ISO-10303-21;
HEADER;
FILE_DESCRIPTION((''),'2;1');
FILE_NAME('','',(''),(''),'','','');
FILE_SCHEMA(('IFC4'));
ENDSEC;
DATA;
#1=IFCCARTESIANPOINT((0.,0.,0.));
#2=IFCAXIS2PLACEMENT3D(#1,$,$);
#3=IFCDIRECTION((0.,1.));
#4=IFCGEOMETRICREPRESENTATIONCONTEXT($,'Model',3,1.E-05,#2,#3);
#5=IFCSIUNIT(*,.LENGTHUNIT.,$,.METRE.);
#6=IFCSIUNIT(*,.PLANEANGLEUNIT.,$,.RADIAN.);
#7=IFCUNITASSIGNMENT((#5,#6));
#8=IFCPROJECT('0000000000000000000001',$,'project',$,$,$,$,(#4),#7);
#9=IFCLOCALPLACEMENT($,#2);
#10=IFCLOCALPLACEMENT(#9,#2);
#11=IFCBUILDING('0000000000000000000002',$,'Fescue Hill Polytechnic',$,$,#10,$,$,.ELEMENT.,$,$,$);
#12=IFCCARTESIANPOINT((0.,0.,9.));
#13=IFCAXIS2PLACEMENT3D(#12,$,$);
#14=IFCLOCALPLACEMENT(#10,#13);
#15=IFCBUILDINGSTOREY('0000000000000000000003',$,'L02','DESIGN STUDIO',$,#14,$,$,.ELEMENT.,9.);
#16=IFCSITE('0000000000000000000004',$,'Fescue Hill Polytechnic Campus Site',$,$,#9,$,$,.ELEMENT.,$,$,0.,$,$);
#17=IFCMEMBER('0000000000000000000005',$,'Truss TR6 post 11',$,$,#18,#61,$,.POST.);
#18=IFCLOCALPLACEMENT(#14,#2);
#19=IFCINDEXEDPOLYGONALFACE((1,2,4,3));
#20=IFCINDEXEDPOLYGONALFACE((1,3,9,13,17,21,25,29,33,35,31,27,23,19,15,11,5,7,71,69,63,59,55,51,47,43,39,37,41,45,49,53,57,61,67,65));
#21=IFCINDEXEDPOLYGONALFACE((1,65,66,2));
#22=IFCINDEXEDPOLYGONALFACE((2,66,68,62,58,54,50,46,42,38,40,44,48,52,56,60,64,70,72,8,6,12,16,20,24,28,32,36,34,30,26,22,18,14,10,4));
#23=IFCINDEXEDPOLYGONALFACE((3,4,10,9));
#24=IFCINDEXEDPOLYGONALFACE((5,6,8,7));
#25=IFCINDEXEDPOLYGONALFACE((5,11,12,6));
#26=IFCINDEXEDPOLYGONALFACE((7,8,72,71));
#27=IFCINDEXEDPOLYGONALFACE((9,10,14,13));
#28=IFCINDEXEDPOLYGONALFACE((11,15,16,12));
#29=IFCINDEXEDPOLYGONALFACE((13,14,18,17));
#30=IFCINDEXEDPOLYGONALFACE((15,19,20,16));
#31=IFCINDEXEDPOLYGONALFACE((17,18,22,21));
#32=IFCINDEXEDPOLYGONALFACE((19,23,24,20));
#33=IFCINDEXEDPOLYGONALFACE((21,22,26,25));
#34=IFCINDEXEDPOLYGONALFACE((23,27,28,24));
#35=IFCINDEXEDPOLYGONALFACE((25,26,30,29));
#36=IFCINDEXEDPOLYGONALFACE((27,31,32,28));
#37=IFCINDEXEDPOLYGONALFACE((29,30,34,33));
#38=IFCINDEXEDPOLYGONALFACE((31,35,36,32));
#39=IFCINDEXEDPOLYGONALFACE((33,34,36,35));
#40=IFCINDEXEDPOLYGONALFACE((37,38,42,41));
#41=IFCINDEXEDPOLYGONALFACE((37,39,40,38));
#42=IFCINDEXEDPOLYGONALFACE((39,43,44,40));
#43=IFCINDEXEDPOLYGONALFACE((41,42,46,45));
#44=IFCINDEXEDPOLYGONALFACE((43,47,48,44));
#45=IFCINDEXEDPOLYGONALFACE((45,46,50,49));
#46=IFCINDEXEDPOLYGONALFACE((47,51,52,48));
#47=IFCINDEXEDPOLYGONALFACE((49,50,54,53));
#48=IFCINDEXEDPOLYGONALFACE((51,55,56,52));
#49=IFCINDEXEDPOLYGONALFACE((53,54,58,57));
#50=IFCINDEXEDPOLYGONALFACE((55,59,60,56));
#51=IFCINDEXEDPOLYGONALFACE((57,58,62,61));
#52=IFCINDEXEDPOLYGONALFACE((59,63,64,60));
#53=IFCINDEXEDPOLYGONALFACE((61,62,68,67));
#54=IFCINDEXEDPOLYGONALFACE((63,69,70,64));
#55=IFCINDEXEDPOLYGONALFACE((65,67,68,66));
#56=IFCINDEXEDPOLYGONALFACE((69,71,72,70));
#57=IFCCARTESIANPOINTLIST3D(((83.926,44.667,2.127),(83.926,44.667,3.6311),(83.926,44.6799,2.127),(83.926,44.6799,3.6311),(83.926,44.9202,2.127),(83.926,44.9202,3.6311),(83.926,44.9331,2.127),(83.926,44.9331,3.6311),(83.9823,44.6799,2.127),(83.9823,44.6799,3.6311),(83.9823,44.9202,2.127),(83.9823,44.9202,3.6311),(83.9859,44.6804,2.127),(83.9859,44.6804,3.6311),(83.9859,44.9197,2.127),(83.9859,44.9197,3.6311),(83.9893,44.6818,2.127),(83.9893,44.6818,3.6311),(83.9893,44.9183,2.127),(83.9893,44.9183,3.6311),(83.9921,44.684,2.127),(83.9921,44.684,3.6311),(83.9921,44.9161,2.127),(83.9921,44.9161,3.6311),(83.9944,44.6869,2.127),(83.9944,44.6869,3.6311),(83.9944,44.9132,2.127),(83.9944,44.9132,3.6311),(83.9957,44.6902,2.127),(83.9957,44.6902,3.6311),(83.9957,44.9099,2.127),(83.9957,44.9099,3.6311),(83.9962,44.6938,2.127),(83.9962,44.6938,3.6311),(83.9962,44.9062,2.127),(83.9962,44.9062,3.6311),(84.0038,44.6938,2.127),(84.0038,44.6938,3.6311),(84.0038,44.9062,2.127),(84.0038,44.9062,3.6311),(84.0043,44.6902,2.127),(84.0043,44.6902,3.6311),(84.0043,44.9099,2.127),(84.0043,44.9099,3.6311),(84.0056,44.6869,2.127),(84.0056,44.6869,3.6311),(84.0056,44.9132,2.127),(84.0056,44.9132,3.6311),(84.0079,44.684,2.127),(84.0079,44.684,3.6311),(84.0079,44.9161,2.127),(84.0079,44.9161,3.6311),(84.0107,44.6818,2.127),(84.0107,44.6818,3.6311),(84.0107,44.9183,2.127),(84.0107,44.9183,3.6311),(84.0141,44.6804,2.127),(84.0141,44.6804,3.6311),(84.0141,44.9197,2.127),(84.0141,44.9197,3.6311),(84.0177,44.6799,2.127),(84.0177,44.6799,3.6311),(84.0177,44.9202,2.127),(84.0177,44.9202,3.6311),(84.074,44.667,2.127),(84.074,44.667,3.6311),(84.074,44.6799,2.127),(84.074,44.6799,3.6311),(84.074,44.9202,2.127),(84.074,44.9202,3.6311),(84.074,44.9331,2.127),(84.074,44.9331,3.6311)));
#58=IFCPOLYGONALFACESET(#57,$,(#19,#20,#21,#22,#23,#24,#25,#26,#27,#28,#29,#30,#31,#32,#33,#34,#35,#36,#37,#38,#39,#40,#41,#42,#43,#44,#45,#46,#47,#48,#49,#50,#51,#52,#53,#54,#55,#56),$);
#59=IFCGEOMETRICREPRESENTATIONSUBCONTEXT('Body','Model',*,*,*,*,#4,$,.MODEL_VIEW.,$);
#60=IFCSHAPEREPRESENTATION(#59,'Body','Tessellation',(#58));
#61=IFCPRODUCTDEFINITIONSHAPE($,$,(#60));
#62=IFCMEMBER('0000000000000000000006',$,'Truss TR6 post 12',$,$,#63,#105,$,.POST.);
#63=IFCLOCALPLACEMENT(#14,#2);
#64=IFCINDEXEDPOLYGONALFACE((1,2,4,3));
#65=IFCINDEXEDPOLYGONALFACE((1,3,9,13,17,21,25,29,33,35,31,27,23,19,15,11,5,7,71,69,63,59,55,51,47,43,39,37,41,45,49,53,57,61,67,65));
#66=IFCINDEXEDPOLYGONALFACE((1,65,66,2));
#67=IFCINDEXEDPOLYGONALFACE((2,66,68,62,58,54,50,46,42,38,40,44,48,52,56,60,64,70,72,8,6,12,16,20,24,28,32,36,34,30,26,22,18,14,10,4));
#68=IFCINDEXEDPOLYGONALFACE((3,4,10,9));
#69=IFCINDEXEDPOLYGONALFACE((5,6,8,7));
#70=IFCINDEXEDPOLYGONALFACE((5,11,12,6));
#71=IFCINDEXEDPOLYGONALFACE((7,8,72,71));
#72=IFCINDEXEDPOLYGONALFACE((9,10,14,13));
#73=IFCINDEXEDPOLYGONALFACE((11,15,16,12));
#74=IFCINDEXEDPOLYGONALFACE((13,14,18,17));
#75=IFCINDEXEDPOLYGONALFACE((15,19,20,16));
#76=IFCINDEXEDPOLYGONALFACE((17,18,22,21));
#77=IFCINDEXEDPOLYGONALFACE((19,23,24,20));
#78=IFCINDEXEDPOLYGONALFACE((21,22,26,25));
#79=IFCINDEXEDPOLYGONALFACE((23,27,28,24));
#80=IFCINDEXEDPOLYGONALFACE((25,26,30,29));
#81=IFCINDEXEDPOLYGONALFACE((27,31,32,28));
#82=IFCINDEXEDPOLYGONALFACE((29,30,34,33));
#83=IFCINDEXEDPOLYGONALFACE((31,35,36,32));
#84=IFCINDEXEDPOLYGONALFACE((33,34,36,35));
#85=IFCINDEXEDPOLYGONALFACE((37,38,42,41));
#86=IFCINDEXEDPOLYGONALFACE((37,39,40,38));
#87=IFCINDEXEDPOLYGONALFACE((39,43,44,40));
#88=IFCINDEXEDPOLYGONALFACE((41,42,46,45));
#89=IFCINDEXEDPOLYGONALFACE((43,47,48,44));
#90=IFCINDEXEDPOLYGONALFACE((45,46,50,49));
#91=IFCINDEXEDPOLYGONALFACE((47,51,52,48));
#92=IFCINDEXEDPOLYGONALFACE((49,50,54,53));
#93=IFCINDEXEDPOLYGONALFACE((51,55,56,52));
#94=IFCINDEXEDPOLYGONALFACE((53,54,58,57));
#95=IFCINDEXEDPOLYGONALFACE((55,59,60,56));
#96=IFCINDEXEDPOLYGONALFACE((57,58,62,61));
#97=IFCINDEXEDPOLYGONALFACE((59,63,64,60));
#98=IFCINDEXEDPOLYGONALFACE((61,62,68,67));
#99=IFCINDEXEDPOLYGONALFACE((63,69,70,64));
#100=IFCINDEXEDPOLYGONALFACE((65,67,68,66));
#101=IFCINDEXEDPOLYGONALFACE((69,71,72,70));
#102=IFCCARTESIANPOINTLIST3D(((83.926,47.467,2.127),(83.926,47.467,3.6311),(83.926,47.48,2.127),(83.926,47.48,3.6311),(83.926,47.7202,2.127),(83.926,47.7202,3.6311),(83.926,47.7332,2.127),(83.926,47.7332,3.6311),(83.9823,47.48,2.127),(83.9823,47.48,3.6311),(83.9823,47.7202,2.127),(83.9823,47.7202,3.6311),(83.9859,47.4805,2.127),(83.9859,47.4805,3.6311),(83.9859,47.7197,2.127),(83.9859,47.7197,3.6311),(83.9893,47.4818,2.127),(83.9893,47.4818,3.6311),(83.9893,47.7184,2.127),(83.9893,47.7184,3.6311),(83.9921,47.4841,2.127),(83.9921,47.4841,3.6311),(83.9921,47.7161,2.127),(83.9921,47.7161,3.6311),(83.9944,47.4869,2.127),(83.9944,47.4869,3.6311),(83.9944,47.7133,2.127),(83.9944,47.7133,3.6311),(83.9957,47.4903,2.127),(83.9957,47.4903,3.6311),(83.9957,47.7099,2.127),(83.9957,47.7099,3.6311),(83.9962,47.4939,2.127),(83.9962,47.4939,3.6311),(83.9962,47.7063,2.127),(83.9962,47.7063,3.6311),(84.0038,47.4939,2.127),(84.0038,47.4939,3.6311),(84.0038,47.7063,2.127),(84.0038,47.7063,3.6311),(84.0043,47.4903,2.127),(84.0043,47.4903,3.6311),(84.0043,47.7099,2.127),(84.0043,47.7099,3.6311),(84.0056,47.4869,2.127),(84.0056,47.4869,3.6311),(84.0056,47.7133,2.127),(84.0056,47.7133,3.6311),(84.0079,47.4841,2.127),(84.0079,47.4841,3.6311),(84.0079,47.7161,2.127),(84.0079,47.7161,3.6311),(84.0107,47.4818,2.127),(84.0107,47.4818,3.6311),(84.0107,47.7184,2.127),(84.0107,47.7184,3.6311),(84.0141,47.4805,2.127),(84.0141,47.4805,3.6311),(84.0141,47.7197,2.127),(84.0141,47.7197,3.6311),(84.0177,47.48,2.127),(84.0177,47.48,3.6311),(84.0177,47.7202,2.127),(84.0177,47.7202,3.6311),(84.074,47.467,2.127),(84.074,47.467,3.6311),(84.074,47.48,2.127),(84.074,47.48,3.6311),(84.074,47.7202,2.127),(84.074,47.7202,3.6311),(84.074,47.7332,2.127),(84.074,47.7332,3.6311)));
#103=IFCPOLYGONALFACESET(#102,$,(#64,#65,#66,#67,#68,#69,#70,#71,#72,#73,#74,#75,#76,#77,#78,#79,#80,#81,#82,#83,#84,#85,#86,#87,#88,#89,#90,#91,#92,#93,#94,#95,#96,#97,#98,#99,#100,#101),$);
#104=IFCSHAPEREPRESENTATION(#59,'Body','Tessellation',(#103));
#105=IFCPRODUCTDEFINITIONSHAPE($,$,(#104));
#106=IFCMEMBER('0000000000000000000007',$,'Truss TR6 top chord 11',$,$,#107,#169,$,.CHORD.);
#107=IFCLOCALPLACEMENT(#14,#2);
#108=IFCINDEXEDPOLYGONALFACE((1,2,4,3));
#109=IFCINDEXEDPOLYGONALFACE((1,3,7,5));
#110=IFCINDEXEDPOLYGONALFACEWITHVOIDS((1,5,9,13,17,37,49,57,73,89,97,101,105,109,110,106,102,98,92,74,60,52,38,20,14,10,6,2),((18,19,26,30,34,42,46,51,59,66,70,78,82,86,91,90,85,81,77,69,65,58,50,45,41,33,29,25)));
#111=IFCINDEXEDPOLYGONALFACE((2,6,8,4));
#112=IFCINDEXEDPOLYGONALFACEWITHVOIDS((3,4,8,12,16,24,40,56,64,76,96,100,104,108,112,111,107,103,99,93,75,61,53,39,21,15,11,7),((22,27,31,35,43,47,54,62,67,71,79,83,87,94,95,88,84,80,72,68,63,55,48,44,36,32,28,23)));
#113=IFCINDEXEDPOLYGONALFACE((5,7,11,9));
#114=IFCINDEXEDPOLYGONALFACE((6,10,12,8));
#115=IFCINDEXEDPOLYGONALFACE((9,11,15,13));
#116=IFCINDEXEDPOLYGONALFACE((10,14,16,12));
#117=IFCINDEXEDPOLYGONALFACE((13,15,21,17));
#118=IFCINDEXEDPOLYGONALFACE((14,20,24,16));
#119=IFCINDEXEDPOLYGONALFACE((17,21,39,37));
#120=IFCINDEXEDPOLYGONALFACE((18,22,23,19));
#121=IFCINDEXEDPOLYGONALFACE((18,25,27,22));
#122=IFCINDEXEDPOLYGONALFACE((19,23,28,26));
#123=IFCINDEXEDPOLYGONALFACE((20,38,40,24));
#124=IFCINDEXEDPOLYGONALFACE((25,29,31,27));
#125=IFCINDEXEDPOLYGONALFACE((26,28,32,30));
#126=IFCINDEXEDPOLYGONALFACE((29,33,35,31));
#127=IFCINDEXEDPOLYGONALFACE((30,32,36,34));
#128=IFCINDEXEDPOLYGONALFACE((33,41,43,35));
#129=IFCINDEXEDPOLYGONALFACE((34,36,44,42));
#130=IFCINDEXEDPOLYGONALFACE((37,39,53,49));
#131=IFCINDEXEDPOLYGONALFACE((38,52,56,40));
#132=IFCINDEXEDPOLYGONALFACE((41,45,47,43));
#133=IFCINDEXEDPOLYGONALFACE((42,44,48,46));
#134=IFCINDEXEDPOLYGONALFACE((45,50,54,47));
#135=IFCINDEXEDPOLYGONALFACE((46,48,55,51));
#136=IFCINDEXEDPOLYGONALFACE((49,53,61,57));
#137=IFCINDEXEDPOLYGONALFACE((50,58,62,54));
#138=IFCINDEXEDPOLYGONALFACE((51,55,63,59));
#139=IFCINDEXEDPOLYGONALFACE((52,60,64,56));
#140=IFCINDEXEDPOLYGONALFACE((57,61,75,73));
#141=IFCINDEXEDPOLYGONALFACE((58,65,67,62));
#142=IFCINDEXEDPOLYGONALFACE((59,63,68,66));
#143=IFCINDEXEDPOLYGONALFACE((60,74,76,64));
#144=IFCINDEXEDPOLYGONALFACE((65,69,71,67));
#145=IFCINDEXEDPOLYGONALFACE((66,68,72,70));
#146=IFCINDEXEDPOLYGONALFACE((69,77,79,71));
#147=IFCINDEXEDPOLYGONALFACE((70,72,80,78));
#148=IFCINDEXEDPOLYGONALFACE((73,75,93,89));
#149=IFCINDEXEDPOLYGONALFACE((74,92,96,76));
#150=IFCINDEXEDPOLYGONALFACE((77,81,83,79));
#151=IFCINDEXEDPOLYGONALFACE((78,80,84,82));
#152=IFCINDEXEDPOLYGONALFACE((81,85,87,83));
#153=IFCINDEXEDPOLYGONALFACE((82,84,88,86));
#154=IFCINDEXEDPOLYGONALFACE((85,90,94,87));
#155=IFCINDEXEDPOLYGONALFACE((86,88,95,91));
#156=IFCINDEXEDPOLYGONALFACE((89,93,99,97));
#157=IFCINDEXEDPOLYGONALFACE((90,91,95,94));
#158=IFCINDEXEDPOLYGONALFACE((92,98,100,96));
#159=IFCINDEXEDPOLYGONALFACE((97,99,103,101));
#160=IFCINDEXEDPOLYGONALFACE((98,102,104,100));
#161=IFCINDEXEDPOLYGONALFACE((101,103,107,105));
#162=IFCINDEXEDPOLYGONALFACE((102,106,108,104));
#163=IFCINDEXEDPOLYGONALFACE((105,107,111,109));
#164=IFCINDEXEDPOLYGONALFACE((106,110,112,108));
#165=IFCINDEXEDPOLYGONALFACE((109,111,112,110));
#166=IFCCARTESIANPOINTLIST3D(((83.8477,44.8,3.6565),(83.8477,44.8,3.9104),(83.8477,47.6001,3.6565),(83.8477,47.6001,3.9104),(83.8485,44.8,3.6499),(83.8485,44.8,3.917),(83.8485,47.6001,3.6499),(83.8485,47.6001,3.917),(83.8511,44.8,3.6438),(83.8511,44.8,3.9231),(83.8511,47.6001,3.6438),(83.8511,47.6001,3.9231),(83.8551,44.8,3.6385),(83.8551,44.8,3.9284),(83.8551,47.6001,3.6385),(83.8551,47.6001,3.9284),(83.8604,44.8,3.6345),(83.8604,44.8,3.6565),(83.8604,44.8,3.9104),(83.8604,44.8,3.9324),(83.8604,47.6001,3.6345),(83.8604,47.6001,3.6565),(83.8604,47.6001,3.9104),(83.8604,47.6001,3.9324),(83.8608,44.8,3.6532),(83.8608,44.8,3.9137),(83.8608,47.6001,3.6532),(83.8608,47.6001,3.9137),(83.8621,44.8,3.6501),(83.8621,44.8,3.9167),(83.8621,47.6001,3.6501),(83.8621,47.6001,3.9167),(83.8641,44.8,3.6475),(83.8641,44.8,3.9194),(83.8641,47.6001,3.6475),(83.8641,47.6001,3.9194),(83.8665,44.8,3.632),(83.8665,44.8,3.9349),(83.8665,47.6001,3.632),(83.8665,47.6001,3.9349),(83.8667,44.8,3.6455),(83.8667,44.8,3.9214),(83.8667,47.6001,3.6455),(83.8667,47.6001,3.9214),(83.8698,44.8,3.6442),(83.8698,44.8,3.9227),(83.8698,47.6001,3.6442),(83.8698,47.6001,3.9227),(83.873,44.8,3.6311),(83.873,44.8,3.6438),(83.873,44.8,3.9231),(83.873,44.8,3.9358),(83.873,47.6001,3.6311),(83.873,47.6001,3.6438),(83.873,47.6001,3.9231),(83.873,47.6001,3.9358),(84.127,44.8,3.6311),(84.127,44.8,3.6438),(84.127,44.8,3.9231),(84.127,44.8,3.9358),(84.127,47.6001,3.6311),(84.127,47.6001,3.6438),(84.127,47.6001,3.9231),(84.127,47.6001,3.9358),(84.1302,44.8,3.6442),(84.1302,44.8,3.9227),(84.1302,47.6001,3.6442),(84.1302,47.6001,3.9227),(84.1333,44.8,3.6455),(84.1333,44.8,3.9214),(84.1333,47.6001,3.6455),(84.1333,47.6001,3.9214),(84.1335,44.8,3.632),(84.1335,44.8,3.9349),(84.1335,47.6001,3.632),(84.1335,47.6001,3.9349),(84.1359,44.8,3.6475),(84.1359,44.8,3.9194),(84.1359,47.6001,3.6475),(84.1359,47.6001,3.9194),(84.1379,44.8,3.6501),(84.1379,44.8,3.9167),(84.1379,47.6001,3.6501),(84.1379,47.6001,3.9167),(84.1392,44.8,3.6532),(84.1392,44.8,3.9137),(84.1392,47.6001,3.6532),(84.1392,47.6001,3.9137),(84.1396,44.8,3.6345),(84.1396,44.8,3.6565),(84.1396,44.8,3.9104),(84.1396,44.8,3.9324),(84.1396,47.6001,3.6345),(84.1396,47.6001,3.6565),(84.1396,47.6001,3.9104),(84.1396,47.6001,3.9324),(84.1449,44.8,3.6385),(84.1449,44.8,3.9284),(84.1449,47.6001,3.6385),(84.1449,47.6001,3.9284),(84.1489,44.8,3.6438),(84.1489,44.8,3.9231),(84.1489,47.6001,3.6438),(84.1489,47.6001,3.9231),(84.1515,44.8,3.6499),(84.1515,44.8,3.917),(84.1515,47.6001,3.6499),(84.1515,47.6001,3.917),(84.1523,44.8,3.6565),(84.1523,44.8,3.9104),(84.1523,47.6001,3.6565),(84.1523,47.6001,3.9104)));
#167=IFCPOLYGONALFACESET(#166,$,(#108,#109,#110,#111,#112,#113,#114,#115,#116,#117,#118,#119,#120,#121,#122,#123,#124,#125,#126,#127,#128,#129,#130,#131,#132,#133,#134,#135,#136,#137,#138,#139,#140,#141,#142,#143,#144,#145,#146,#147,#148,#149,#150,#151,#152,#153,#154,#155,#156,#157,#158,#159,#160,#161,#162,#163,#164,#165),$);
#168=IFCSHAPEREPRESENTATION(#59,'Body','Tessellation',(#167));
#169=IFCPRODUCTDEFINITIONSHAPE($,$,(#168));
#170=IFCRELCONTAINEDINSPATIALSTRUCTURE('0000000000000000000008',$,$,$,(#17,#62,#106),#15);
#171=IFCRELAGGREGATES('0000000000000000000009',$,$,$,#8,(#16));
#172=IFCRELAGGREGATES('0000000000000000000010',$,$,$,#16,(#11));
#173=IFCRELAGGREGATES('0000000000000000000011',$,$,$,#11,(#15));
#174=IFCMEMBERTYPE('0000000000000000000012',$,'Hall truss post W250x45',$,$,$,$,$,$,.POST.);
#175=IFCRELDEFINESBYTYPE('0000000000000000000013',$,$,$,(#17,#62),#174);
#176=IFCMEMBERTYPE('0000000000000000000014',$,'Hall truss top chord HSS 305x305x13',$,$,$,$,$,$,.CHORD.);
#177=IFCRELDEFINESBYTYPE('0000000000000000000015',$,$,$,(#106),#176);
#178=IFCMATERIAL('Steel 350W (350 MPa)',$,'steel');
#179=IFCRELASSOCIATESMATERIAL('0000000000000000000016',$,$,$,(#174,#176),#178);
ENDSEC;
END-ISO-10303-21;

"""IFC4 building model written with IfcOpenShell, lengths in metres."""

from ifc_helpers import new_model, si_unit, direction, frame, origin, origin_2d, place, context, subcontext, project, spatial, hollow_rectangle, i_section, extrude, material, material_profile, profile_set, type_object, element, save


model = new_model("IFC4")

# Units and contexts
model_context = context("Model", 3, precision=1e-05, world=origin(), true_north=direction((0.0, 1.0)))
body_context = subcontext(model_context, "Body", "Model", "MODEL_VIEW")
ifc_project = project(units=[si_unit("LENGTHUNIT", "METRE"), si_unit("PLANEANGLEUNIT", "RADIAN")], contexts=[model_context])

# Site, building, storey
site_placement = place(None, origin())
site = spatial("IfcSite", under=ifc_project, at=site_placement, Name="Fescue Hill Polytechnic Campus Site", CompositionType="ELEMENT", RefElevation=0.0)
building_placement = place(site_placement, origin())
building = spatial("IfcBuilding", under=site, at=building_placement, Name="Fescue Hill Polytechnic", CompositionType="ELEMENT")
storey_placement = place(building_placement, frame((0.0, 0.0, 9.0)))
storey = spatial("IfcBuildingStorey", under=building, at=storey_placement, Name="L02", Description="DESIGN STUDIO", CompositionType="ELEMENT", Elevation=9.0)

# Members
ifc_material_1 = material(Name="Steel 350W (350 MPa)", Category="steel")
ifc_material_profile_1 = material_profile(ifc_material_1, i_section(OverallWidth=0.1479, OverallDepth=0.2661, WebThickness=0.0076, FlangeThickness=0.0129, FilletRadius=0.0139, at=origin_2d()), Name="W250x45")
ifc_profile_set_1 = profile_set([ifc_material_profile_1], Name="Steel 350W (350 MPa)")
member_type_1 = type_object("IfcMemberType", Name="Hall truss post W250x45", PredefinedType="POST", material=ifc_profile_set_1)
for number, where, z_axis, x_axis, name in (
    (1, (84.0, 44.8, 2.127), (0.0, 0.0, 1.0), (1.0, 0.0, 0.0), "Truss TR6 post 11"),
    (2, (84.0, 47.6001, 2.127), (0.0, 0.0, 1.0), (1.0, 0.0, 0.0), "Truss TR6 post 12"),
):
    element("IfcMember", number, at=place(storey_placement, frame(where, z_axis=z_axis, x_axis=x_axis)), inside=storey, type_object=member_type_1, Name=name, PredefinedType="POST", context=body_context, shape_type="SweptSolid", body=[
        extrude(i_section(OverallWidth=0.1479, OverallDepth=0.2661, WebThickness=0.0076, FlangeThickness=0.0129, FilletRadius=0.0139, at=origin_2d()), origin(), (0.0, 0.0, 1.0), 1.5042),
    ])
ifc_material_profile_2 = material_profile(ifc_material_1, hollow_rectangle(XDim=0.3047, YDim=0.3047, WallThickness=0.0127, InnerFilletRadius=0.0127, OuterFilletRadius=0.0254, at=origin_2d()), Name="Hall truss top chord HSS 305x305x13")
ifc_profile_set_2 = profile_set([ifc_material_profile_2], Name="Steel 350W (350 MPa)")
member_type_2 = type_object("IfcMemberType", Name="Hall truss top chord HSS 305x305x13", PredefinedType="CHORD", material=ifc_profile_set_2)
member_1_placement = place(storey_placement, frame((84.0, 44.8, 3.7834), z_axis=(0.0, 1.0, 0.0), x_axis=(-1.0, 0.0, 0.0)))
element("IfcMember", 3, at=member_1_placement, inside=storey, type_object=member_type_2, Name="Truss TR6 top chord 11", PredefinedType="CHORD", context=body_context, shape_type="SweptSolid", body=[
    extrude(hollow_rectangle(XDim=0.3047, YDim=0.3047, WallThickness=0.0127, InnerFilletRadius=0.0127, OuterFilletRadius=0.0254, at=origin_2d()), origin(), (0.0, 0.0, 1.0), 2.8),
])

save(model, "model.ifc")
